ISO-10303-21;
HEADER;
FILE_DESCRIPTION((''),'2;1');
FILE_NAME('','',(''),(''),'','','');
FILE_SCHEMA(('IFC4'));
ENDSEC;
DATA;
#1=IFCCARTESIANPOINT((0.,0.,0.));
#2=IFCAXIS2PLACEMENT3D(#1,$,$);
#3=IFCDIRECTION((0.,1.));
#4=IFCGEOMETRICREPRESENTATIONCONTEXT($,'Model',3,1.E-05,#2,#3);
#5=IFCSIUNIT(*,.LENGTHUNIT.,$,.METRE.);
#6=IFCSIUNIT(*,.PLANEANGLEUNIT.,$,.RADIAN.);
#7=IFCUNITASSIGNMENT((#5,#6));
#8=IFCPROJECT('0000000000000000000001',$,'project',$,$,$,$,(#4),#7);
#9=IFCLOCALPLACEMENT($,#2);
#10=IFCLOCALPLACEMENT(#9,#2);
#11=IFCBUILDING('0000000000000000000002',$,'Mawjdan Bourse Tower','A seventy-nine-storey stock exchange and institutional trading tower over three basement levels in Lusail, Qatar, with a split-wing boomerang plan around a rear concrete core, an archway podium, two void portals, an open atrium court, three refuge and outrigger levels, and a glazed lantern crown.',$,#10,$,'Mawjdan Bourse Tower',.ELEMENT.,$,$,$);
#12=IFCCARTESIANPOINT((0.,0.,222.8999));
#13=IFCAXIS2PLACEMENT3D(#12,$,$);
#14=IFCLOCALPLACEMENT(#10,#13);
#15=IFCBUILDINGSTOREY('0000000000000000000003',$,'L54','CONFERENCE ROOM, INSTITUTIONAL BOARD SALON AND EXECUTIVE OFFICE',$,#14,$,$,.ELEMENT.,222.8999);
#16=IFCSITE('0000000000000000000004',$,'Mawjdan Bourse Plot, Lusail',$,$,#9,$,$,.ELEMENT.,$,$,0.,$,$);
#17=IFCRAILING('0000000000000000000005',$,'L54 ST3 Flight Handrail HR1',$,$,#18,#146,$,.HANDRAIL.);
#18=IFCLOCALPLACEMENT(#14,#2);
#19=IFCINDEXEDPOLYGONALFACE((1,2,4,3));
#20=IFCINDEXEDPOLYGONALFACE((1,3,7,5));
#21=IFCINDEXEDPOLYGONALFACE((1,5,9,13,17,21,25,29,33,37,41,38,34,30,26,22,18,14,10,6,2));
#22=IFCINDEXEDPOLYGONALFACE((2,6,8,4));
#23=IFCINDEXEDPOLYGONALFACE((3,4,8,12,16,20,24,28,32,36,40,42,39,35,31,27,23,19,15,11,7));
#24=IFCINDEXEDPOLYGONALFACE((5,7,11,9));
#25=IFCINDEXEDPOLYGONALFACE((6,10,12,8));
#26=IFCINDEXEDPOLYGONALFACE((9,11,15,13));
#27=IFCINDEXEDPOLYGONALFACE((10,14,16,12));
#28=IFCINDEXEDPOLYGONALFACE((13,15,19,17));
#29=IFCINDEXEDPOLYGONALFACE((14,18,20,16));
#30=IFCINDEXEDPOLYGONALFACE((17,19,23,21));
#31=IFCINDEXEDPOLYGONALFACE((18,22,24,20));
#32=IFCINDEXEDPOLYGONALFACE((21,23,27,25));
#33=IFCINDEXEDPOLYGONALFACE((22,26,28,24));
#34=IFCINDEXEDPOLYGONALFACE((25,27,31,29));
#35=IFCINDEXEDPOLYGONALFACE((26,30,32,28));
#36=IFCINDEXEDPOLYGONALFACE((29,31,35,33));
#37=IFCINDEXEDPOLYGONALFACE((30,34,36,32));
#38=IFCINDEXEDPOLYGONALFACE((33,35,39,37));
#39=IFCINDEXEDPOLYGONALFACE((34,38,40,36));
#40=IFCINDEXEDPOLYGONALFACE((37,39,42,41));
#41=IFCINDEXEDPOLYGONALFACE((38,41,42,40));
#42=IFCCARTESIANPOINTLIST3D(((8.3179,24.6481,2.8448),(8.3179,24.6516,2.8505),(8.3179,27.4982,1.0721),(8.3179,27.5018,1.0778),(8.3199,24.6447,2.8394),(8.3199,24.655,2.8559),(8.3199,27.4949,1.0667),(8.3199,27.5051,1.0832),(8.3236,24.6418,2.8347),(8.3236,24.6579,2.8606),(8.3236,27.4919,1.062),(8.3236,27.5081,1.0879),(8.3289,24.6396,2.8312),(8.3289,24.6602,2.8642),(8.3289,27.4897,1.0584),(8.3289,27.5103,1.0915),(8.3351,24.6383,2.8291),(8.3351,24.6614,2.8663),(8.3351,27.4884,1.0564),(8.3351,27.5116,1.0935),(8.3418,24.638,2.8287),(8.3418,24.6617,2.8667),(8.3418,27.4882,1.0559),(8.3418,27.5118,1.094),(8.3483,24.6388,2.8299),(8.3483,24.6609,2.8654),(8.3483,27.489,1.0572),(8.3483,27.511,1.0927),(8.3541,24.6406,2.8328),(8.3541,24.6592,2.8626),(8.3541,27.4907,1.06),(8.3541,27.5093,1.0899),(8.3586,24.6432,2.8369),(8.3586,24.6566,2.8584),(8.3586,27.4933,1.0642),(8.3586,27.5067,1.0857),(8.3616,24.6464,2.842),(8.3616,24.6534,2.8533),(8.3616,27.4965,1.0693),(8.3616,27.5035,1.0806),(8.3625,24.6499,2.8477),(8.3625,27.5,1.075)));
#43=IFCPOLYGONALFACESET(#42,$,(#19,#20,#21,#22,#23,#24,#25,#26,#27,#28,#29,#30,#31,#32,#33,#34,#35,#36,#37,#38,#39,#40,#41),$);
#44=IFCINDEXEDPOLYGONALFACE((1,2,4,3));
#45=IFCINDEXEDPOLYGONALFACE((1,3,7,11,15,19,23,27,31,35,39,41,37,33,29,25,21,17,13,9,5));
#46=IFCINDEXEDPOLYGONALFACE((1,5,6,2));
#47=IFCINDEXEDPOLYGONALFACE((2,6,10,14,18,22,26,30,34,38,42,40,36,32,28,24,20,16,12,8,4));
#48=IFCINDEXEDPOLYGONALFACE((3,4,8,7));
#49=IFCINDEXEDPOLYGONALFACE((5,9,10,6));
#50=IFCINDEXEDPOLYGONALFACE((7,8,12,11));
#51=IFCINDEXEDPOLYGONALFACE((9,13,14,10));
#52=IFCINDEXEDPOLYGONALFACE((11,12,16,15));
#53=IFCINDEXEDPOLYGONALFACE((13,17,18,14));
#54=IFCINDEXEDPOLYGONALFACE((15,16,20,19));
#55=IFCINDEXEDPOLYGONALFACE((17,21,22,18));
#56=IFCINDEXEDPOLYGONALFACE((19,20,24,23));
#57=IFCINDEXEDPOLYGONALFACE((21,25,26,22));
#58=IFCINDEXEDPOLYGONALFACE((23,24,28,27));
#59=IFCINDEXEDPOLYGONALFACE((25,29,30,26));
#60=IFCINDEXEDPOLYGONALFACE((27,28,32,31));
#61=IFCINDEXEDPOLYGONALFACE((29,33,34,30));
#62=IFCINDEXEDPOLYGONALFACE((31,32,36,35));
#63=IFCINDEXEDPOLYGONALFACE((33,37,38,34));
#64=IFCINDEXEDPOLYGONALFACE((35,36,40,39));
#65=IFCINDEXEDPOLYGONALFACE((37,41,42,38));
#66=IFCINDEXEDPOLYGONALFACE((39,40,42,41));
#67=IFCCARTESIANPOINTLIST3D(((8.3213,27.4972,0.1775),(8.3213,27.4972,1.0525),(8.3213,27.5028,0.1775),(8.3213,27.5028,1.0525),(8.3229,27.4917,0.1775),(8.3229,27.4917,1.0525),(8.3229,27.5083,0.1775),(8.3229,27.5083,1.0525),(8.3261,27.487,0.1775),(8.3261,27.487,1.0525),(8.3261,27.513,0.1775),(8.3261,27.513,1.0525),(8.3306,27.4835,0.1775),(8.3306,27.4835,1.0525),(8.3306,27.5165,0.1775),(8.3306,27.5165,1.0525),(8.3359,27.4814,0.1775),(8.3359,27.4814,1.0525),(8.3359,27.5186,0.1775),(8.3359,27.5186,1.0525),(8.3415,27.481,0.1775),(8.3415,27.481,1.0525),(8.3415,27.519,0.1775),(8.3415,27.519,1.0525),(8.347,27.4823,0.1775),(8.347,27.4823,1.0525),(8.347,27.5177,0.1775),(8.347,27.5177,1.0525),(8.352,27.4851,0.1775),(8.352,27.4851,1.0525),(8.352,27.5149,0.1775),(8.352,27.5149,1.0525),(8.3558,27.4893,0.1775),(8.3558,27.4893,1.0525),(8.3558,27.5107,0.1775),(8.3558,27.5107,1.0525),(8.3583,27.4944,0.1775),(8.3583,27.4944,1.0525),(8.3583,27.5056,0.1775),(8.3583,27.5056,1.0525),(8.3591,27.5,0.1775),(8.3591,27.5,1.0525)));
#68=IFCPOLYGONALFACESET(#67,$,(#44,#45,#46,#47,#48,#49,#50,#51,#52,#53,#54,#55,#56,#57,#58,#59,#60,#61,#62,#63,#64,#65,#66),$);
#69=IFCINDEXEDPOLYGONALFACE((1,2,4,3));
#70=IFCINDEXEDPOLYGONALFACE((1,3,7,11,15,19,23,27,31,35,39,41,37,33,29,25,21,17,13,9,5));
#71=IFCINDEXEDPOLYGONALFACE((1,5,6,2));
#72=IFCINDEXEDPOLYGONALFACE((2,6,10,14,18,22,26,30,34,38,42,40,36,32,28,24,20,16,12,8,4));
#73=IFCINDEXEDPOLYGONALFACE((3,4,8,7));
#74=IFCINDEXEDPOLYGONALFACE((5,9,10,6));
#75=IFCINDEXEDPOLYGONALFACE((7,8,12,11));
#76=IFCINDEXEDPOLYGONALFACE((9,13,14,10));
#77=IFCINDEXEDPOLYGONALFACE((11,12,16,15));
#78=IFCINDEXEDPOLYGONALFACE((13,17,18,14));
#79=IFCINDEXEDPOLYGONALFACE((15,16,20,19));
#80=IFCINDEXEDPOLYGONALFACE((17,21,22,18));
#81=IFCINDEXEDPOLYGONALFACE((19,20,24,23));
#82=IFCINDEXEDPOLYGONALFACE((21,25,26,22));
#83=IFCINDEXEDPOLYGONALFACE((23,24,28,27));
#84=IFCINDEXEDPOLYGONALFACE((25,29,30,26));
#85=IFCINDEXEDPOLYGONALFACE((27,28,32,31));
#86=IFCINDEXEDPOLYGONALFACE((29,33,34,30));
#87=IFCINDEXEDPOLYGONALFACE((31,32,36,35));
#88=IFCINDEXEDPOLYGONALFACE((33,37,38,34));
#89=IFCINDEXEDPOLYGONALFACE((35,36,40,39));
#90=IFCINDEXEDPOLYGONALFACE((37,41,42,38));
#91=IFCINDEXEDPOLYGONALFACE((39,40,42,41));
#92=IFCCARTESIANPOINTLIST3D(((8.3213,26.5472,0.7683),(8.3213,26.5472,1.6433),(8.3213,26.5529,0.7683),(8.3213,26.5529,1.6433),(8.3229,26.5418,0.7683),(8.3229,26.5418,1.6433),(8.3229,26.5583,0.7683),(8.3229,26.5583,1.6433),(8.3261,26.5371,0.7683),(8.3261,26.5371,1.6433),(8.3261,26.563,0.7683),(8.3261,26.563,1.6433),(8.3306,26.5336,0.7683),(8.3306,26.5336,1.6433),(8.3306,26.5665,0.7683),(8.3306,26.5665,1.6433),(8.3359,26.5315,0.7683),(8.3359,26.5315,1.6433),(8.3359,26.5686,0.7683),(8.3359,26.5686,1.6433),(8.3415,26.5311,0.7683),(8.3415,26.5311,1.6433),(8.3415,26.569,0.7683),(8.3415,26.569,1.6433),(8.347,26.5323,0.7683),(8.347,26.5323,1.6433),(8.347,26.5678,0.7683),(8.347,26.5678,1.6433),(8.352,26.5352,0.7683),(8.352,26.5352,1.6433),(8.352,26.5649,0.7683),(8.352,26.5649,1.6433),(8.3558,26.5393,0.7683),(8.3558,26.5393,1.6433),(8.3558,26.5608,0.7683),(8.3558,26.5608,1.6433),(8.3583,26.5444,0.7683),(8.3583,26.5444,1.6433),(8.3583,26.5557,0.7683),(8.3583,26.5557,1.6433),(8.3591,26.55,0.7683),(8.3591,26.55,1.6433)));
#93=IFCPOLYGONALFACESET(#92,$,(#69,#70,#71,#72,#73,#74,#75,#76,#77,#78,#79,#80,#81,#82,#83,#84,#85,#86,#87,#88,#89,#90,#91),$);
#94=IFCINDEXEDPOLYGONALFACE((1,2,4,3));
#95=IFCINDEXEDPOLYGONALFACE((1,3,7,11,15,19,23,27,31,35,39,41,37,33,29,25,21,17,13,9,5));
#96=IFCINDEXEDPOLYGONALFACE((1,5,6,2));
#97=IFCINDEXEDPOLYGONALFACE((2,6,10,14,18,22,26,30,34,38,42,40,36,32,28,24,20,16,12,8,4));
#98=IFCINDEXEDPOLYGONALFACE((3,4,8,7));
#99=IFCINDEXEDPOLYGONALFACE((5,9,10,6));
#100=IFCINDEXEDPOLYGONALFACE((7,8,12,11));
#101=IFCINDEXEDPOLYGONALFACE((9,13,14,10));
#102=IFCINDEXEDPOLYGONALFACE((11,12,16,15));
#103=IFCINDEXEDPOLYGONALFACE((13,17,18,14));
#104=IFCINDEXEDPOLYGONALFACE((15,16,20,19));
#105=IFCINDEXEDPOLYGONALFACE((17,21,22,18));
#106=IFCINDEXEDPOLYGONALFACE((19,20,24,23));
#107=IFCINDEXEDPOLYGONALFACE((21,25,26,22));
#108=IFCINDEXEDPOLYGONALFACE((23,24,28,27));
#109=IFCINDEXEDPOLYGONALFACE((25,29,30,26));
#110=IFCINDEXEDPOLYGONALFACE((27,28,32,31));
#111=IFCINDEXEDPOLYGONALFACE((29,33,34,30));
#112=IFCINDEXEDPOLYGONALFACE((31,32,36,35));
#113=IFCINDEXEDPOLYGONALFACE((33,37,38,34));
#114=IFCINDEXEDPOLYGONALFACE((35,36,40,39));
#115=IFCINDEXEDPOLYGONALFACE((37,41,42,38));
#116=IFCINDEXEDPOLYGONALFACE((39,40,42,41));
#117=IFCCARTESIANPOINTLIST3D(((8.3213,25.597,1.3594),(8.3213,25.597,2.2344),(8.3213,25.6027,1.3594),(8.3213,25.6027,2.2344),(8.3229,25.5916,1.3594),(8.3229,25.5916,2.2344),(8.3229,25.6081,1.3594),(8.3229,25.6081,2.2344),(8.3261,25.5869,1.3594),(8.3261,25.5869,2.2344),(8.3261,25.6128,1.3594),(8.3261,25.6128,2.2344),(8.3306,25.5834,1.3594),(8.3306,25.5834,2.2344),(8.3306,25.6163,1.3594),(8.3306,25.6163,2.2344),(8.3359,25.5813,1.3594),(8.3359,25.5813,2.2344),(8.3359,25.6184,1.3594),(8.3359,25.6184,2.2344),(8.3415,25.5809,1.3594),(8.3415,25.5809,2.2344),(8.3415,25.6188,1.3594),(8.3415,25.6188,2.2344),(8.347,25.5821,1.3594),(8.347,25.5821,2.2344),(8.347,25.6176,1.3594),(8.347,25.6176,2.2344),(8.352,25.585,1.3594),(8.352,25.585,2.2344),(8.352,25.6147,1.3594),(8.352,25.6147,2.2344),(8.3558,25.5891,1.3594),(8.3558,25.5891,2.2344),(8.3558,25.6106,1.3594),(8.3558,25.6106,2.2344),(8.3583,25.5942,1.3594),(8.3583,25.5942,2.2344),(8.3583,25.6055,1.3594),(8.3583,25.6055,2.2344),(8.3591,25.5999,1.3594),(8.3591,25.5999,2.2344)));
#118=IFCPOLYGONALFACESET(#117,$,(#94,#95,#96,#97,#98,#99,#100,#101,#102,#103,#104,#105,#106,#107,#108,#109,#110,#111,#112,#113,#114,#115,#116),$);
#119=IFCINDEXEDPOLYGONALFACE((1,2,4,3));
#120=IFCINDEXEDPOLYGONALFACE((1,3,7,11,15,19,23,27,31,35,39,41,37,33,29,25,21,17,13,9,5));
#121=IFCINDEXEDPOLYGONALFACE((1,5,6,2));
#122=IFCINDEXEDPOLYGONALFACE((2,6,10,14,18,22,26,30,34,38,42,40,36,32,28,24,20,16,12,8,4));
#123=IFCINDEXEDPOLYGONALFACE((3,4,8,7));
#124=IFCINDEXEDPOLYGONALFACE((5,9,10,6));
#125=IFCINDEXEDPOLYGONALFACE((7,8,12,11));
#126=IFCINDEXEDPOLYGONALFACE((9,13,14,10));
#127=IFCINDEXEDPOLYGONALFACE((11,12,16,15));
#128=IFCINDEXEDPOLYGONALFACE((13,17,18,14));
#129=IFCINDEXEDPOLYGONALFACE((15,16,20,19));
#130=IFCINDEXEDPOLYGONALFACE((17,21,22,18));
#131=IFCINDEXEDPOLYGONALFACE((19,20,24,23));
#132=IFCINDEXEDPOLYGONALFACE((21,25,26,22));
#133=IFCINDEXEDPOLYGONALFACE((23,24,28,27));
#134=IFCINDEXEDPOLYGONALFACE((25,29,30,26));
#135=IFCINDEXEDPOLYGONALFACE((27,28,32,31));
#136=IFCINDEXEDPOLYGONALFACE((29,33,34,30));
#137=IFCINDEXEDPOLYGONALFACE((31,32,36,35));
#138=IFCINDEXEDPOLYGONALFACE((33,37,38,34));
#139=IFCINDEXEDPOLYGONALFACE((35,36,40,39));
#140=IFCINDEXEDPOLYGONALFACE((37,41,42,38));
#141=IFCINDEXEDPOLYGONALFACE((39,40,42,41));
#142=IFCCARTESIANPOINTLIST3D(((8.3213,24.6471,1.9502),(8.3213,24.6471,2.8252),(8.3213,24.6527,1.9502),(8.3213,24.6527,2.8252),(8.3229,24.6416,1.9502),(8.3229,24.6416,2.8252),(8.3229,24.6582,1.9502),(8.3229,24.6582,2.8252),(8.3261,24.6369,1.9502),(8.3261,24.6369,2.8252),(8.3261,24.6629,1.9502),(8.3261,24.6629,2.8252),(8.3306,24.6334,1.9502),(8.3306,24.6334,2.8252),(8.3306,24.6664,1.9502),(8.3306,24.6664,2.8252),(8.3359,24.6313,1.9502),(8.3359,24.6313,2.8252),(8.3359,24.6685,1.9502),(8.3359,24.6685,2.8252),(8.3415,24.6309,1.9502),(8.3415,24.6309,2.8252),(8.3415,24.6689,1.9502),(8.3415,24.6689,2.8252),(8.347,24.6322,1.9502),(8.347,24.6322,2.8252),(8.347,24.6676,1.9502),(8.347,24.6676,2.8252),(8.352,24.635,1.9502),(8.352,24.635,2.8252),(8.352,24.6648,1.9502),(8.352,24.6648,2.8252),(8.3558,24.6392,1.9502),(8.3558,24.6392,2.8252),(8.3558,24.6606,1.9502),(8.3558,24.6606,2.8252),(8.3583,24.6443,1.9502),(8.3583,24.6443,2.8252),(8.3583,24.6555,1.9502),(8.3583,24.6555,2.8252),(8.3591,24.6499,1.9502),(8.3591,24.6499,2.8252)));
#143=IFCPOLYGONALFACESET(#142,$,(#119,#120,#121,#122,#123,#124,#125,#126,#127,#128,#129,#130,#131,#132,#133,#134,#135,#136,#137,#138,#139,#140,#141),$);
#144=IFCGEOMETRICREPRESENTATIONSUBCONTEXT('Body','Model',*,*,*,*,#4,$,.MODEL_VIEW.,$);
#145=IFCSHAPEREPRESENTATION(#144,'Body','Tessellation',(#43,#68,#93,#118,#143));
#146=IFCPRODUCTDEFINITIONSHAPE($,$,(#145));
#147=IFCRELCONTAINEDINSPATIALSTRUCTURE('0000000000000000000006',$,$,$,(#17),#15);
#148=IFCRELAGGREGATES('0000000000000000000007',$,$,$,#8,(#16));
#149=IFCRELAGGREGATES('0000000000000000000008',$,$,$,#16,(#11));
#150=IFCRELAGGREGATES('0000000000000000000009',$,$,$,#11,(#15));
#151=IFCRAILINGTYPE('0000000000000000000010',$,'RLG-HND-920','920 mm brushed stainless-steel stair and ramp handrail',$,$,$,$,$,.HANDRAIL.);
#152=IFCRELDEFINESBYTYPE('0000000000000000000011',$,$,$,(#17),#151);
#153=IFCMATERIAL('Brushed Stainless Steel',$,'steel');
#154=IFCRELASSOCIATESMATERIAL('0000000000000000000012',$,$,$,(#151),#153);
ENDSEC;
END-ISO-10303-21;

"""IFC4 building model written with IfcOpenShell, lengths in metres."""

from ifc_helpers import new_model, si_unit, direction, frame, origin, origin_2d, place, context, subcontext, project, spatial, circle, extrude, material, type_object, element, save


model = new_model("IFC4")

# Units and contexts
model_context = context("Model", 3, precision=1e-05, world=origin(), true_north=direction((0.0, 1.0)))
body_context = subcontext(model_context, "Body", "Model", "MODEL_VIEW")
ifc_project = project(units=[si_unit("LENGTHUNIT", "METRE"), si_unit("PLANEANGLEUNIT", "RADIAN")], contexts=[model_context])

# Site, building, storey
site_placement = place(None, origin())
site = spatial("IfcSite", under=ifc_project, at=site_placement, Name="Mawjdan Bourse Plot, Lusail", CompositionType="ELEMENT", RefElevation=0.0)
building_placement = place(site_placement, origin())
building = spatial("IfcBuilding", under=site, at=building_placement, Name="Mawjdan Bourse Tower", Description="A seventy-nine-storey stock exchange and institutional trading tower over three basement levels in Lusail, Qatar, with a split-wing boomerang plan around a rear concrete core, an archway podium, two void portals, an open atrium court, three refuge and outrigger levels, and a glazed lantern crown.", LongName="Mawjdan Bourse Tower", CompositionType="ELEMENT")
storey_placement = place(building_placement, frame((0.0, 0.0, 222.8999)))
storey = spatial("IfcBuildingStorey", under=building, at=storey_placement, Name="L54", Description="CONFERENCE ROOM, INSTITUTIONAL BOARD SALON AND EXECUTIVE OFFICE", CompositionType="ELEMENT", Elevation=222.8999)

# Railing
ifc_material_1 = material(Name="Brushed Stainless Steel", Category="steel")
railing_type_1 = type_object("IfcRailingType", Name="RLG-HND-920", Description="920 mm brushed stainless-steel stair and ramp handrail", PredefinedType="HANDRAIL", material=ifc_material_1)
railing_placement = place(storey_placement, frame((8.3401, 27.5, 0.1775)))
element("IfcRailing", 1, at=railing_placement, inside=storey, type_object=railing_type_1, Name="L54 ST3 Flight Handrail HR1", PredefinedType="HANDRAIL", context=body_context, shape_type="SweptSolid", body=[
    extrude(circle(Radius=0.0225, at=origin_2d()), frame((0.0, 0.0, 0.8975), z_axis=(0.0, -0.849149, 0.528154), x_axis=(1.0, 0.0, 0.0)), (0.0, 0.0, 1.0), 3.3564),
    extrude(circle(Radius=0.019, at=origin_2d()), origin(), (0.0, 0.0, 1.0), 0.875),
    extrude(circle(Radius=0.019, at=origin_2d()), frame((0.0, -0.95, 0.5908)), (0.0, 0.0, 1.0), 0.875),
    extrude(circle(Radius=0.019, at=origin_2d()), frame((0.0, -1.9001, 1.1819)), (0.0, 0.0, 1.0), 0.875),
    extrude(circle(Radius=0.019, at=origin_2d()), frame((0.0, -2.8501, 1.7727)), (0.0, 0.0, 1.0), 0.875),
])

save(model, "model.ifc")
